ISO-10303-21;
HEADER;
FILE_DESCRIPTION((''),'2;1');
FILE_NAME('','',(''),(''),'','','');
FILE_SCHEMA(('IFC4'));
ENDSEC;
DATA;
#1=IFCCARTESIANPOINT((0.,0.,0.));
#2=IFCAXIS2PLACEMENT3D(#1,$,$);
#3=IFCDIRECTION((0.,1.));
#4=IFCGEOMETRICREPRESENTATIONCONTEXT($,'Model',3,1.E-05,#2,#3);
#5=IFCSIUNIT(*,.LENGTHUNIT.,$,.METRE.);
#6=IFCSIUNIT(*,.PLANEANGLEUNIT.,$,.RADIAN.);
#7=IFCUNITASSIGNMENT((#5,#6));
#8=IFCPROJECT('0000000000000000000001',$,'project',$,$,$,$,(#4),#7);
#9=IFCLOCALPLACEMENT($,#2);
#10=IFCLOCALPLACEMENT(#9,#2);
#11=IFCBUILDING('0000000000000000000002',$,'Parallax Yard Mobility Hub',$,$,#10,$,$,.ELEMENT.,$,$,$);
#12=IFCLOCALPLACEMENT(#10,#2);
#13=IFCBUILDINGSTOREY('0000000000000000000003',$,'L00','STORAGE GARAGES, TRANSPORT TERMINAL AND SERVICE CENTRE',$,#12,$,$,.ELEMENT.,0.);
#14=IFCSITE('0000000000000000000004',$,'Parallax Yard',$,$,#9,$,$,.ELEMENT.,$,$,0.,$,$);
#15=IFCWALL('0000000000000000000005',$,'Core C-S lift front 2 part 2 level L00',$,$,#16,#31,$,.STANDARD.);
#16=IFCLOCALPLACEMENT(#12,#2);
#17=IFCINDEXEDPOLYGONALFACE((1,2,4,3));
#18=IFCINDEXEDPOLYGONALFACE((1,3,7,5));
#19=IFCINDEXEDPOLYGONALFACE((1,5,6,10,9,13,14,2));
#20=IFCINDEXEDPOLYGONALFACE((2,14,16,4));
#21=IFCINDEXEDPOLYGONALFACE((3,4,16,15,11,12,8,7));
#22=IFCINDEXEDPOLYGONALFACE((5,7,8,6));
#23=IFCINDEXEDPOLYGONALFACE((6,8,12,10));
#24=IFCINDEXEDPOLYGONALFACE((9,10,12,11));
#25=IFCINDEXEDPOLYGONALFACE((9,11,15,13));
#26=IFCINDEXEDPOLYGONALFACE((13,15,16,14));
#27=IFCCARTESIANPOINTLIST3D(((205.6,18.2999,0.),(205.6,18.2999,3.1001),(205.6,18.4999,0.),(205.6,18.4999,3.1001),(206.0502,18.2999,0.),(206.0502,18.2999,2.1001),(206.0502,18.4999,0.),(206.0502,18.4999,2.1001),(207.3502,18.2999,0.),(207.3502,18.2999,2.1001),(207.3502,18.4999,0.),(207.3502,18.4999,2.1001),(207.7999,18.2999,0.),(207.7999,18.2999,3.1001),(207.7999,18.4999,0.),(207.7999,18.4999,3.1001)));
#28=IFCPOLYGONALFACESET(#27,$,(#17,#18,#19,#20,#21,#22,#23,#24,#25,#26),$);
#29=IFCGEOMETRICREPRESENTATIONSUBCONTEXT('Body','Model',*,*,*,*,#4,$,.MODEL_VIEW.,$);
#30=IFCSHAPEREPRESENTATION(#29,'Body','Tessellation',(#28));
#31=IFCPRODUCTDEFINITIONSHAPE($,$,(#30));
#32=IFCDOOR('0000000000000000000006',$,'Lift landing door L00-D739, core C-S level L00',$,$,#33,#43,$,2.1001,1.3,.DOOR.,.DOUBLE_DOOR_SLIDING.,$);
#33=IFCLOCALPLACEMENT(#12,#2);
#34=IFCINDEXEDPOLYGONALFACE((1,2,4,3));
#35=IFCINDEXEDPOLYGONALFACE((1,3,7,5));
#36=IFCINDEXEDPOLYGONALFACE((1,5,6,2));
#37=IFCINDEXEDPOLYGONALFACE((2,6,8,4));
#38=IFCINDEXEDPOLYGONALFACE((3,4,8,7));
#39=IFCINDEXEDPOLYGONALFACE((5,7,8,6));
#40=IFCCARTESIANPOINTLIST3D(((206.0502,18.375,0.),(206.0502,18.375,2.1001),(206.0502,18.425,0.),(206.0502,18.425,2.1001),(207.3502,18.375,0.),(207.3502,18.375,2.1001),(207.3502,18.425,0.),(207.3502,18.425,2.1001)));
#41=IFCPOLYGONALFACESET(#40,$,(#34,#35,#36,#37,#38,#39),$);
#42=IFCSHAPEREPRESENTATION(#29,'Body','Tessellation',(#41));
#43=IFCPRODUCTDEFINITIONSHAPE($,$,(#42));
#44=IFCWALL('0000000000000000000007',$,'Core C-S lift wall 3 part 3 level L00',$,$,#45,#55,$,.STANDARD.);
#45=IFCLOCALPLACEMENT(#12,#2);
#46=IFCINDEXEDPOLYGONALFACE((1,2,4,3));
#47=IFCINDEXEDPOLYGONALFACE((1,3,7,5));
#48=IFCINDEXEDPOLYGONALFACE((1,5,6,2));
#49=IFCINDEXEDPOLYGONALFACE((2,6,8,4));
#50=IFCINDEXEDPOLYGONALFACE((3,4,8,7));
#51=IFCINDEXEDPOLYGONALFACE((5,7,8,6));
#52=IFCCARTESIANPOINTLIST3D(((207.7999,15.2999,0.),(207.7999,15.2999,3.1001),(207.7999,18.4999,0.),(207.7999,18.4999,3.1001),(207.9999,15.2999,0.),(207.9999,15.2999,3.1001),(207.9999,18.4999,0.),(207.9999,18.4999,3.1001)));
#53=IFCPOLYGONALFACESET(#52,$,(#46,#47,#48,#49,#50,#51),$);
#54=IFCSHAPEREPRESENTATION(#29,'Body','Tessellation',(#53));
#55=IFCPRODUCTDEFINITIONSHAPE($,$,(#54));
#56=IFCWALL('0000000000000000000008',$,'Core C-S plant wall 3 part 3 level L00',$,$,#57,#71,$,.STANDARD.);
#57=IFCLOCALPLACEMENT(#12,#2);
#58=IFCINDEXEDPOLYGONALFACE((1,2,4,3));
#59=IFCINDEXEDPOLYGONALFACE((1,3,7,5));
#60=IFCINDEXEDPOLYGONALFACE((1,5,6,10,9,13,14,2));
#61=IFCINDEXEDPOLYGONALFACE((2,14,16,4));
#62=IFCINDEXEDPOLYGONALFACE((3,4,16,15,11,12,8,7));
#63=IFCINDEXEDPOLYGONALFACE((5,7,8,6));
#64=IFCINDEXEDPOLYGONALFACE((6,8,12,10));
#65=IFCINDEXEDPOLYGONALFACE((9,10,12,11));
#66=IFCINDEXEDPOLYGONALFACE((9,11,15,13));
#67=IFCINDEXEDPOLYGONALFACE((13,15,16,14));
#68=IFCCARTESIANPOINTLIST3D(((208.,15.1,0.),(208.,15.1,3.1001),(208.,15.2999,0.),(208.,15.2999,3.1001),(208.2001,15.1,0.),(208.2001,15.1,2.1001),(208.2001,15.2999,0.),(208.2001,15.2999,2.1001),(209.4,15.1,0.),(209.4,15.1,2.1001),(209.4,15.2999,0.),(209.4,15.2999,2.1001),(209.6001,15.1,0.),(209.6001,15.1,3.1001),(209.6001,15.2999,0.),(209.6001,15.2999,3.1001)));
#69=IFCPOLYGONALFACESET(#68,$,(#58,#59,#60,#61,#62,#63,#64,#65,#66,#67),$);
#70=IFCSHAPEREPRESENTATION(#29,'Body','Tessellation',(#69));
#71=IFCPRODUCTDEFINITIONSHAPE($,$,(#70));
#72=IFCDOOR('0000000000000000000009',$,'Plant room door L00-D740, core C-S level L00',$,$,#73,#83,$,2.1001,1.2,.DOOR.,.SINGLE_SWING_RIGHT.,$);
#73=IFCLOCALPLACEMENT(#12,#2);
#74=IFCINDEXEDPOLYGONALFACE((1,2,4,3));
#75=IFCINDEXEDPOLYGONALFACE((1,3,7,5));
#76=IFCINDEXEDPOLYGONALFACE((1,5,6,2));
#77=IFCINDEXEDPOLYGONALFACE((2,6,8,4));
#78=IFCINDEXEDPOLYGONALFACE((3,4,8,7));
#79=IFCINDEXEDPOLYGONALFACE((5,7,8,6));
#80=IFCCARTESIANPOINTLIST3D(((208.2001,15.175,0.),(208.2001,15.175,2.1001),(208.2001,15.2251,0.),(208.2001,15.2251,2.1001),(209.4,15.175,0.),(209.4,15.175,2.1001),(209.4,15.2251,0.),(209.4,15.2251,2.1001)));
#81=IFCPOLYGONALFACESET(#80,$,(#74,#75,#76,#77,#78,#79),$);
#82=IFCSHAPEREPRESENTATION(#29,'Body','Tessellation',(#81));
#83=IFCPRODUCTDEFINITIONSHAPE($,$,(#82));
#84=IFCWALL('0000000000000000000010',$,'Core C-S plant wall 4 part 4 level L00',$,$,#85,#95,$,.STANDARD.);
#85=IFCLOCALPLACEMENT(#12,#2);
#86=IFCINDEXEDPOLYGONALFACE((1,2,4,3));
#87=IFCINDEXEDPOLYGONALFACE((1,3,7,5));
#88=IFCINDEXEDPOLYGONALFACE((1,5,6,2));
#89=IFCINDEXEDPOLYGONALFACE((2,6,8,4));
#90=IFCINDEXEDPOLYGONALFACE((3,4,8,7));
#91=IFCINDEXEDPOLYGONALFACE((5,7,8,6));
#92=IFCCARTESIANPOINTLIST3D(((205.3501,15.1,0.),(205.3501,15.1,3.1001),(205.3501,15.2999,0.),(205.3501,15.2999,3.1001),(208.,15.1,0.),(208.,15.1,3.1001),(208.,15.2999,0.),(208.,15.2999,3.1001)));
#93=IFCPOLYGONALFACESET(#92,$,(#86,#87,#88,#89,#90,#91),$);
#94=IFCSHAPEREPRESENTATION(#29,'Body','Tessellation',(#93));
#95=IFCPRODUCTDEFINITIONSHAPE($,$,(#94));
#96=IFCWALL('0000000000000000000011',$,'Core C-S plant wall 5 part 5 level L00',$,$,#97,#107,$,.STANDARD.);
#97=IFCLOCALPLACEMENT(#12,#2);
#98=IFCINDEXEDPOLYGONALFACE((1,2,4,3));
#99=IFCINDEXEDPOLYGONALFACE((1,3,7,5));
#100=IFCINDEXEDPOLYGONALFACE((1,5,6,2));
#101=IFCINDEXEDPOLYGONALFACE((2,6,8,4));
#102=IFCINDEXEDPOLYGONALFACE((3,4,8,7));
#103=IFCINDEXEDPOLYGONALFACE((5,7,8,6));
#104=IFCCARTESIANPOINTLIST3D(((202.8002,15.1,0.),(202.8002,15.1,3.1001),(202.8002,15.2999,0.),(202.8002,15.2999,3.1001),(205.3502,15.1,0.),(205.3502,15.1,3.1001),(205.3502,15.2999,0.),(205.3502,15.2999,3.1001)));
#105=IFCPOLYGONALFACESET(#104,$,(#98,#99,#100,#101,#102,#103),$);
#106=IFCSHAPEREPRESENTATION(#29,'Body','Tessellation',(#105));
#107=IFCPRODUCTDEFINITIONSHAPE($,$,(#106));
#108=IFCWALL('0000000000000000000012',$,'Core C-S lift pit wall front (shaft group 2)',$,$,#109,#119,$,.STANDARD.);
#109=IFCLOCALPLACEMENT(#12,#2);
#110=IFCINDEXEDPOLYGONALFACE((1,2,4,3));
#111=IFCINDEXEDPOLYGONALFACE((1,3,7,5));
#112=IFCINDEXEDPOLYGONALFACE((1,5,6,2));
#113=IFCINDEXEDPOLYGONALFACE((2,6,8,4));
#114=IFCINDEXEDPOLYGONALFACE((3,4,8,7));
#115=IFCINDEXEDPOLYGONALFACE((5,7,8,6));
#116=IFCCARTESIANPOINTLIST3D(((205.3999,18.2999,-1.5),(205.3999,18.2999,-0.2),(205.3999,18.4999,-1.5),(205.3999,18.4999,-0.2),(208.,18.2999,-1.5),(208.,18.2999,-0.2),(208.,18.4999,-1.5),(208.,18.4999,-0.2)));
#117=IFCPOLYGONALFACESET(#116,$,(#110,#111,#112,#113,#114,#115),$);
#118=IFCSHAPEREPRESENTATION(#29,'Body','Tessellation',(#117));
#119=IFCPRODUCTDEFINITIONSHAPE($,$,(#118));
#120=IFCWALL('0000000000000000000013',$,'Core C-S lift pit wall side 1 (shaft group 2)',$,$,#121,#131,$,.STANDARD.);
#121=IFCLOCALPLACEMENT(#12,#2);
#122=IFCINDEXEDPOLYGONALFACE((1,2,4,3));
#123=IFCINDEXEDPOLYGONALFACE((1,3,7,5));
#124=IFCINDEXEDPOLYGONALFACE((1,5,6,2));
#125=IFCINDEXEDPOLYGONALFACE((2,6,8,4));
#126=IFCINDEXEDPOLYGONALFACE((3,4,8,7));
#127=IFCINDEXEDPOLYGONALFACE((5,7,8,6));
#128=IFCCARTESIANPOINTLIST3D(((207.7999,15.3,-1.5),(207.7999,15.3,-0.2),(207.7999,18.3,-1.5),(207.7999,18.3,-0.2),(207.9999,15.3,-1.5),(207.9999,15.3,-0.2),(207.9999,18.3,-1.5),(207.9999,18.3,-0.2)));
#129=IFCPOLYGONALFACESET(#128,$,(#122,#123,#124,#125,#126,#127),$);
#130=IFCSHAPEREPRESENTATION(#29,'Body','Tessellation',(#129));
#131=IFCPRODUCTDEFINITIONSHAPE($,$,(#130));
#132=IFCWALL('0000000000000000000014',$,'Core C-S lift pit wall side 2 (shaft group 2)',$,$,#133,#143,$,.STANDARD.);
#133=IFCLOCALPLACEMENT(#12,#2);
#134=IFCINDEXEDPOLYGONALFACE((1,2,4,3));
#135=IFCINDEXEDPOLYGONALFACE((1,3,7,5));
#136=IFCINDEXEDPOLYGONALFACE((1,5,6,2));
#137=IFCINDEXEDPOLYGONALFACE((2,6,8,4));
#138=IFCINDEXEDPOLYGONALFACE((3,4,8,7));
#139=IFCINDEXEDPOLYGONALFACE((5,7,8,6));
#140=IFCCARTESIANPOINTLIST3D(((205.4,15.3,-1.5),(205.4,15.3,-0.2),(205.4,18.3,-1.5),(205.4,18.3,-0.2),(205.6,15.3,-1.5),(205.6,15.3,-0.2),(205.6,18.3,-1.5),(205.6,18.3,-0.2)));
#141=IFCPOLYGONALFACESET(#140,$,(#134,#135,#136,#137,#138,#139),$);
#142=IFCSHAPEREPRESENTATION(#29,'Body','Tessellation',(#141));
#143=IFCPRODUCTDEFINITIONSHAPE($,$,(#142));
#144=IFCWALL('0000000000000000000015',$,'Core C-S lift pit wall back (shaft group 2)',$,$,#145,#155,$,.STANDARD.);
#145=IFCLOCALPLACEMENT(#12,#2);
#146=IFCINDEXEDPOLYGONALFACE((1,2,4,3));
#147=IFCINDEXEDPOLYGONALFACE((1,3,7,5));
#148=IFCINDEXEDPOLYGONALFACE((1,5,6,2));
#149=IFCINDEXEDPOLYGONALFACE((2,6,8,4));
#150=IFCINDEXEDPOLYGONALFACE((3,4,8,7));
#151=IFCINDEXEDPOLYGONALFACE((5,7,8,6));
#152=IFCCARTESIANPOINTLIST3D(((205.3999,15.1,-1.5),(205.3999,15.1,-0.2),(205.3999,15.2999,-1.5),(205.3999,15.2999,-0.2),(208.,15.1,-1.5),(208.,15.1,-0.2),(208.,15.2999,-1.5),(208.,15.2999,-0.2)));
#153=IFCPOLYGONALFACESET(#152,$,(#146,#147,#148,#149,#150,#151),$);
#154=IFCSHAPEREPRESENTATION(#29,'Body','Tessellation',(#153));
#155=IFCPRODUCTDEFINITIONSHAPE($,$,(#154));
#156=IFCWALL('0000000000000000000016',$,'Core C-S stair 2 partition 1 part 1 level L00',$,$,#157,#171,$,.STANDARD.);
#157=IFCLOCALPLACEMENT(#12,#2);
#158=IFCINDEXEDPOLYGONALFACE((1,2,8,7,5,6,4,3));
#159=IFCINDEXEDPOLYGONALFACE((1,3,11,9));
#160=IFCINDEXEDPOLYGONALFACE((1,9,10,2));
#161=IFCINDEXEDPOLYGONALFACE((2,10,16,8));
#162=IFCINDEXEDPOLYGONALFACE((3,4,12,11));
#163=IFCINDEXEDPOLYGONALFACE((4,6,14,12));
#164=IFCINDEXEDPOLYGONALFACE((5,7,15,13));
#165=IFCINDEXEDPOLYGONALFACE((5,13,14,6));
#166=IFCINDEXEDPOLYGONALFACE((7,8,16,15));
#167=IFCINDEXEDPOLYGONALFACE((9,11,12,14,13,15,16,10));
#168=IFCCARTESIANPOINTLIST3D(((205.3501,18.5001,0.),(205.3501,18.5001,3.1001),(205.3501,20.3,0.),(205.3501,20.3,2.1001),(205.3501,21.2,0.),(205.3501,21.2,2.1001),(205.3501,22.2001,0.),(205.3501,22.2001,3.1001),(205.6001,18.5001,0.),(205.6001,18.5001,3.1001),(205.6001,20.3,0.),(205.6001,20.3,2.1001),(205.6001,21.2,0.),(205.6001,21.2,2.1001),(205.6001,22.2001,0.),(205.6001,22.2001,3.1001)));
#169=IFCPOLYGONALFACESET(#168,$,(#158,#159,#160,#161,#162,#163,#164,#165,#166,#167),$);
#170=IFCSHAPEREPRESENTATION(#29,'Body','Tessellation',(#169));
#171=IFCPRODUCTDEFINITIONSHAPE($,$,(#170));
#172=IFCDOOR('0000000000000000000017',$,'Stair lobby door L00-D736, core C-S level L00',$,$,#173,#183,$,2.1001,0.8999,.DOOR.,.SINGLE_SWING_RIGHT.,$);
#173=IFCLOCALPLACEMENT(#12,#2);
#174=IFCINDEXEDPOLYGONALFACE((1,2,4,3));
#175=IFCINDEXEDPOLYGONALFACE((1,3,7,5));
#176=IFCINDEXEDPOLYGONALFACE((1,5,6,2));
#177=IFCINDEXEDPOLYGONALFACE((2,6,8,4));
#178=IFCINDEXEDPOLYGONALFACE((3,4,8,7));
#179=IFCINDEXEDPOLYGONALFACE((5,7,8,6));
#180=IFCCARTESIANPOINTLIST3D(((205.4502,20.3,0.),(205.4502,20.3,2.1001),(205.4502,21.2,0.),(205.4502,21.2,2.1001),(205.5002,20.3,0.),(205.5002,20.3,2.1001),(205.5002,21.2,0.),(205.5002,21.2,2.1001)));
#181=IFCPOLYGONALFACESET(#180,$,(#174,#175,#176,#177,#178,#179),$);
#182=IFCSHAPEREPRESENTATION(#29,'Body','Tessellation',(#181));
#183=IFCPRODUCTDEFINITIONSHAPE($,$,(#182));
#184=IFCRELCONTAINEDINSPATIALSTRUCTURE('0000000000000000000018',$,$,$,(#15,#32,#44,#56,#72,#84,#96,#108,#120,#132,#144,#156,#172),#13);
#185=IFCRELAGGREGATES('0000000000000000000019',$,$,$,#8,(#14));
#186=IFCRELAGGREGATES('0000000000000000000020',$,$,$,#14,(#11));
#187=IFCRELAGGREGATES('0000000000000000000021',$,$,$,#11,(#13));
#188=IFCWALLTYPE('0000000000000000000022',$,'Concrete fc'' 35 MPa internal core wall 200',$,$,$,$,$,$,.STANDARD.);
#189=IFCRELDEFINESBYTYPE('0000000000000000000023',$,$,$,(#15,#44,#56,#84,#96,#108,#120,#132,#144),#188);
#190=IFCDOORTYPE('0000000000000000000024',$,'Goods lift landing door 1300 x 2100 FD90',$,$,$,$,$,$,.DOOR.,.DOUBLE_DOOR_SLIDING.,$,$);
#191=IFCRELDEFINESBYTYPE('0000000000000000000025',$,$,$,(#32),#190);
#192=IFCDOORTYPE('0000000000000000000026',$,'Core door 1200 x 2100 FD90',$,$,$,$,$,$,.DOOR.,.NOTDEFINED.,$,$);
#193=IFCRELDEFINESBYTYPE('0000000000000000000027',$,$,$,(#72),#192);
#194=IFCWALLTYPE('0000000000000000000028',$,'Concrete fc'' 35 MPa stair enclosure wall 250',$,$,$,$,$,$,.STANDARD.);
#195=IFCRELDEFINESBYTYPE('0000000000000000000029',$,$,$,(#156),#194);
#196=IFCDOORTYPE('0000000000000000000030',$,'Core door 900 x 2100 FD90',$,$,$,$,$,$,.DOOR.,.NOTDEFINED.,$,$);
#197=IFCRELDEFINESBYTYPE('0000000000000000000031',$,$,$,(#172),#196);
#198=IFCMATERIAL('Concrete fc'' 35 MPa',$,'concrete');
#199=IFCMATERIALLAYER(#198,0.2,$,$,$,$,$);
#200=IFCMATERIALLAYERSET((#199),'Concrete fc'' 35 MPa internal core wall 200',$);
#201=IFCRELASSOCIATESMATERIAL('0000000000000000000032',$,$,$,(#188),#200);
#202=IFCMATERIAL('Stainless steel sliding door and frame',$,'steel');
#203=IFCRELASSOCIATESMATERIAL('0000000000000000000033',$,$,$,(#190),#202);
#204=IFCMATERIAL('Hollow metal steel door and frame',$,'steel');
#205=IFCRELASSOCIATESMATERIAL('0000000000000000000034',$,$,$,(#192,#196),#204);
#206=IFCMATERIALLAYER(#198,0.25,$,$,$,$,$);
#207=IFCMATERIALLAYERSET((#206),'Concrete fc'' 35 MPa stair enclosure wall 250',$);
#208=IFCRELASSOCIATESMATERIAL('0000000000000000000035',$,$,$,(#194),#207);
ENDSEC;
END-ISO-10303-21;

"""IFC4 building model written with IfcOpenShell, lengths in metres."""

from ifc_helpers import new_model, si_unit, direction, frame, frame_2d, origin, place, context, subcontext, project, spatial, rectangle, extrude, material, layer, layer_set, type_object, element, fill, save


model = new_model("IFC4")

# Units and contexts
model_context = context("Model", 3, precision=1e-05, world=origin(), true_north=direction((0.0, 1.0)))
body_context = subcontext(model_context, "Body", "Model", "MODEL_VIEW")
ifc_project = project(units=[si_unit("LENGTHUNIT", "METRE"), si_unit("PLANEANGLEUNIT", "RADIAN")], contexts=[model_context])

# Site, building, storey
site_placement = place(None, origin())
site = spatial("IfcSite", under=ifc_project, at=site_placement, Name="Parallax Yard", CompositionType="ELEMENT", RefElevation=0.0)
building_placement = place(site_placement, origin())
building = spatial("IfcBuilding", under=site, at=building_placement, Name="Parallax Yard Mobility Hub", CompositionType="ELEMENT")
storey_placement = place(building_placement, origin())
storey = spatial("IfcBuildingStorey", under=building, at=storey_placement, Name="L00", Description="STORAGE GARAGES, TRANSPORT TERMINAL AND SERVICE CENTRE", CompositionType="ELEMENT", Elevation=0.0)

# Wall, opening, door
ifc_material_1 = material(Name="Concrete fc' 35 MPa", Category="concrete")
ifc_layer_1 = layer(ifc_material_1, 0.2)
ifc_layer_set_1 = layer_set([ifc_layer_1], Name="Concrete fc' 35 MPa internal core wall 200")
wall_type_1 = type_object("IfcWallType", Name="Concrete fc' 35 MPa internal core wall 200", PredefinedType="STANDARD", material=ifc_layer_set_1)
wall_1_placement = place(storey_placement, frame((207.8, 18.3999, 0.0), z_axis=(0.0, 0.0, 1.0), x_axis=(-1.0, 0.0, 0.0)))
wall_1 = element("IfcWall", 1, at=wall_1_placement, inside=storey, type_object=wall_type_1, Name="Core C-S lift front 2 part 2 level L00", PredefinedType="STANDARD", context=body_context, shape_type="SweptSolid", body=[
    extrude(rectangle(XDim=2.2, YDim=0.2, at=frame_2d((1.1001, 0.0))), origin(), (0.0, 0.0, 1.0), 3.1001),
])
opening_1_placement = place(wall_1_placement, frame((0.45, 0.0, 0.0)))
opening_1 = element("IfcOpeningElement", 2, at=opening_1_placement, cuts=wall_1, PredefinedType="OPENING", context=body_context, shape_type="SweptSolid", body=[
    extrude(rectangle(XDim=1.3, YDim=2.1001, at=frame_2d((0.6499, 1.05))), frame((0.0, 0.1099, 0.0), z_axis=(0.0, -1.0, 0.0), x_axis=(1.0, 0.0, 0.0)), (0.0, 0.0, 1.0), 0.22),
])
ifc_material_2 = material(Name="Stainless steel sliding door and frame", Category="steel")
door_type_1 = type_object("IfcDoorType", Name="Goods lift landing door 1300 x 2100 FD90", OperationType="DOUBLE_DOOR_SLIDING", PredefinedType="DOOR", material=ifc_material_2)
door_1_placement = place(opening_1_placement, origin())
door_1 = element("IfcDoor", 3, at=door_1_placement, inside=storey, type_object=door_type_1, Name="Lift landing door L00-D739, core C-S level L00", OperationType="DOUBLE_DOOR_SLIDING", OverallHeight=2.1001, OverallWidth=1.3, PredefinedType="DOOR", context=body_context, shape_type="SweptSolid", body=[
    extrude(rectangle(XDim=1.3, YDim=2.1001, at=frame_2d((0.6499, 1.05))), frame((0.0, 0.0249, 0.0), z_axis=(0.0, -1.0, 0.0), x_axis=(1.0, 0.0, 0.0)), (0.0, 0.0, 1.0), 0.05),
])
fill(opening_1, door_1)

# Wall
wall_2_placement = place(storey_placement, frame((207.8999, 18.5, 0.0), z_axis=(0.0, 0.0, 1.0), x_axis=(0.0, -1.0, 0.0)))
element("IfcWall", 4, at=wall_2_placement, inside=storey, type_object=wall_type_1, Name="Core C-S lift wall 3 part 3 level L00", PredefinedType="STANDARD", context=body_context, shape_type="SweptSolid", body=[
    extrude(rectangle(XDim=3.2, YDim=0.2, at=frame_2d((1.6001, 0.0))), origin(), (0.0, 0.0, 1.0), 3.1001),
])

# Wall, opening, door
wall_3_placement = place(storey_placement, frame((209.6001, 15.2, 0.0), z_axis=(0.0, 0.0, 1.0), x_axis=(-1.0, 0.0, 0.0)))
wall_3 = element("IfcWall", 5, at=wall_3_placement, inside=storey, type_object=wall_type_1, Name="Core C-S plant wall 3 part 3 level L00", PredefinedType="STANDARD", context=body_context, shape_type="SweptSolid", body=[
    extrude(rectangle(XDim=1.6001, YDim=0.2, at=frame_2d((0.8, 0.0))), origin(), (0.0, 0.0, 1.0), 3.1001),
])
opening_2_placement = place(wall_3_placement, frame((0.2, 0.0, 0.0)))
opening_2 = element("IfcOpeningElement", 6, at=opening_2_placement, cuts=wall_3, PredefinedType="OPENING", context=body_context, shape_type="SweptSolid", body=[
    extrude(rectangle(XDim=1.2, YDim=2.1001, at=frame_2d((0.6001, 1.05))), frame((0.0, 0.1099, 0.0), z_axis=(0.0, -1.0, 0.0), x_axis=(1.0, 0.0, 0.0)), (0.0, 0.0, 1.0), 0.22),
])
ifc_material_3 = material(Name="Hollow metal steel door and frame", Category="steel")
door_type_2 = type_object("IfcDoorType", Name="Core door 1200 x 2100 FD90", OperationType="NOTDEFINED", PredefinedType="DOOR", material=ifc_material_3)
door_2_placement = place(opening_2_placement, origin())
door_2 = element("IfcDoor", 7, at=door_2_placement, inside=storey, type_object=door_type_2, Name="Plant room door L00-D740, core C-S level L00", OperationType="SINGLE_SWING_RIGHT", OverallHeight=2.1001, OverallWidth=1.2, PredefinedType="DOOR", context=body_context, shape_type="SweptSolid", body=[
    extrude(rectangle(XDim=1.2, YDim=2.1001, at=frame_2d((0.6001, 1.05))), frame((0.0, 0.0249, 0.0), z_axis=(0.0, -1.0, 0.0), x_axis=(1.0, 0.0, 0.0)), (0.0, 0.0, 1.0), 0.05),
])
fill(opening_2, door_2)

# Walls
wall_4_placement = place(storey_placement, frame((208.0, 15.2, 0.0), z_axis=(0.0, 0.0, 1.0), x_axis=(-1.0, 0.0, 0.0)))
element("IfcWall", 8, at=wall_4_placement, inside=storey, type_object=wall_type_1, Name="Core C-S plant wall 4 part 4 level L00", PredefinedType="STANDARD", context=body_context, shape_type="SweptSolid", body=[
    extrude(rectangle(XDim=2.6499, YDim=0.2, at=frame_2d((1.325, 0.0))), origin(), (0.0, 0.0, 1.0), 3.1001),
])
wall_5_placement = place(storey_placement, frame((205.3501, 15.2, 0.0), z_axis=(0.0, 0.0, 1.0), x_axis=(-1.0, 0.0, 0.0)))
element("IfcWall", 9, at=wall_5_placement, inside=storey, type_object=wall_type_1, Name="Core C-S plant wall 5 part 5 level L00", PredefinedType="STANDARD", context=body_context, shape_type="SweptSolid", body=[
    extrude(rectangle(XDim=2.55, YDim=0.2, at=frame_2d((1.2749, 0.0))), origin(), (0.0, 0.0, 1.0), 3.1001),
])
wall_6_placement = place(storey_placement, frame((208.0, 18.3999, -1.5), z_axis=(0.0, 0.0, 1.0), x_axis=(-1.0, 0.0, 0.0)))
element("IfcWall", 10, at=wall_6_placement, inside=storey, type_object=wall_type_1, Name="Core C-S lift pit wall front (shaft group 2)", PredefinedType="STANDARD", context=body_context, shape_type="SweptSolid", body=[
    extrude(rectangle(XDim=2.6001, YDim=0.2, at=frame_2d((1.3, 0.0))), origin(), (0.0, 0.0, 1.0), 1.3),
])
for number, where, z_axis, x_axis, name in (
    (11, (207.8999, 18.3, -1.5), (0.0, 0.0, 1.0), (0.0, -1.0, 0.0), "Core C-S lift pit wall side 1 (shaft group 2)"),
    (12, (205.5, 18.3, -1.5), (0.0, 0.0, 1.0), (0.0, -1.0, 0.0), "Core C-S lift pit wall side 2 (shaft group 2)"),
):
    element("IfcWall", number, at=place(storey_placement, frame(where, z_axis=z_axis, x_axis=x_axis)), inside=storey, type_object=wall_type_1, Name=name, PredefinedType="STANDARD", context=body_context, shape_type="SweptSolid", body=[
        extrude(rectangle(XDim=3.0, YDim=0.2, at=frame_2d((1.5, 0.0))), origin(), (0.0, 0.0, 1.0), 1.3),
    ])
wall_7_placement = place(storey_placement, frame((208.0, 15.2, -1.5), z_axis=(0.0, 0.0, 1.0), x_axis=(-1.0, 0.0, 0.0)))
element("IfcWall", 13, at=wall_7_placement, inside=storey, type_object=wall_type_1, Name="Core C-S lift pit wall back (shaft group 2)", PredefinedType="STANDARD", context=body_context, shape_type="SweptSolid", body=[
    extrude(rectangle(XDim=2.6001, YDim=0.2, at=frame_2d((1.3, 0.0))), origin(), (0.0, 0.0, 1.0), 1.3),
])

# Wall, opening, door
ifc_layer_2 = layer(ifc_material_1, 0.25)
ifc_layer_set_2 = layer_set([ifc_layer_2], Name="Concrete fc' 35 MPa stair enclosure wall 250")
wall_type_2 = type_object("IfcWallType", Name="Concrete fc' 35 MPa stair enclosure wall 250", PredefinedType="STANDARD", material=ifc_layer_set_2)
wall_8_placement = place(storey_placement, frame((205.4751, 18.5, 0.0), z_axis=(0.0, 0.0, 1.0), x_axis=(0.0, 1.0, 0.0)))
wall_8 = element("IfcWall", 14, at=wall_8_placement, inside=storey, type_object=wall_type_2, Name="Core C-S stair 2 partition 1 part 1 level L00", PredefinedType="STANDARD", context=body_context, shape_type="SweptSolid", body=[
    extrude(rectangle(XDim=3.7, YDim=0.25, at=frame_2d((1.8501, 0.0))), origin(), (0.0, 0.0, 1.0), 3.1001),
])
opening_3_placement = place(wall_8_placement, frame((1.8, 0.0, 0.0)))
opening_3 = element("IfcOpeningElement", 15, at=opening_3_placement, cuts=wall_8, PredefinedType="OPENING", context=body_context, shape_type="SweptSolid", body=[
    extrude(rectangle(XDim=0.8999, YDim=2.1001, at=frame_2d((0.45, 1.05))), frame((0.0, 0.135, 0.0), z_axis=(0.0, -1.0, 0.0), x_axis=(1.0, 0.0, 0.0)), (0.0, 0.0, 1.0), 0.27),
])
door_type_3 = type_object("IfcDoorType", Name="Core door 900 x 2100 FD90", OperationType="NOTDEFINED", PredefinedType="DOOR", material=ifc_material_3)
door_3_placement = place(opening_3_placement, origin())
door_3 = element("IfcDoor", 16, at=door_3_placement, inside=storey, type_object=door_type_3, Name="Stair lobby door L00-D736, core C-S level L00", OperationType="SINGLE_SWING_RIGHT", OverallHeight=2.1001, OverallWidth=0.8999, PredefinedType="DOOR", context=body_context, shape_type="SweptSolid", body=[
    extrude(rectangle(XDim=0.8999, YDim=2.1001, at=frame_2d((0.45, 1.05))), frame((0.0, 0.0249, 0.0), z_axis=(0.0, -1.0, 0.0), x_axis=(1.0, 0.0, 0.0)), (0.0, 0.0, 1.0), 0.05),
])
fill(opening_3, door_3)

save(model, "model.ifc")
